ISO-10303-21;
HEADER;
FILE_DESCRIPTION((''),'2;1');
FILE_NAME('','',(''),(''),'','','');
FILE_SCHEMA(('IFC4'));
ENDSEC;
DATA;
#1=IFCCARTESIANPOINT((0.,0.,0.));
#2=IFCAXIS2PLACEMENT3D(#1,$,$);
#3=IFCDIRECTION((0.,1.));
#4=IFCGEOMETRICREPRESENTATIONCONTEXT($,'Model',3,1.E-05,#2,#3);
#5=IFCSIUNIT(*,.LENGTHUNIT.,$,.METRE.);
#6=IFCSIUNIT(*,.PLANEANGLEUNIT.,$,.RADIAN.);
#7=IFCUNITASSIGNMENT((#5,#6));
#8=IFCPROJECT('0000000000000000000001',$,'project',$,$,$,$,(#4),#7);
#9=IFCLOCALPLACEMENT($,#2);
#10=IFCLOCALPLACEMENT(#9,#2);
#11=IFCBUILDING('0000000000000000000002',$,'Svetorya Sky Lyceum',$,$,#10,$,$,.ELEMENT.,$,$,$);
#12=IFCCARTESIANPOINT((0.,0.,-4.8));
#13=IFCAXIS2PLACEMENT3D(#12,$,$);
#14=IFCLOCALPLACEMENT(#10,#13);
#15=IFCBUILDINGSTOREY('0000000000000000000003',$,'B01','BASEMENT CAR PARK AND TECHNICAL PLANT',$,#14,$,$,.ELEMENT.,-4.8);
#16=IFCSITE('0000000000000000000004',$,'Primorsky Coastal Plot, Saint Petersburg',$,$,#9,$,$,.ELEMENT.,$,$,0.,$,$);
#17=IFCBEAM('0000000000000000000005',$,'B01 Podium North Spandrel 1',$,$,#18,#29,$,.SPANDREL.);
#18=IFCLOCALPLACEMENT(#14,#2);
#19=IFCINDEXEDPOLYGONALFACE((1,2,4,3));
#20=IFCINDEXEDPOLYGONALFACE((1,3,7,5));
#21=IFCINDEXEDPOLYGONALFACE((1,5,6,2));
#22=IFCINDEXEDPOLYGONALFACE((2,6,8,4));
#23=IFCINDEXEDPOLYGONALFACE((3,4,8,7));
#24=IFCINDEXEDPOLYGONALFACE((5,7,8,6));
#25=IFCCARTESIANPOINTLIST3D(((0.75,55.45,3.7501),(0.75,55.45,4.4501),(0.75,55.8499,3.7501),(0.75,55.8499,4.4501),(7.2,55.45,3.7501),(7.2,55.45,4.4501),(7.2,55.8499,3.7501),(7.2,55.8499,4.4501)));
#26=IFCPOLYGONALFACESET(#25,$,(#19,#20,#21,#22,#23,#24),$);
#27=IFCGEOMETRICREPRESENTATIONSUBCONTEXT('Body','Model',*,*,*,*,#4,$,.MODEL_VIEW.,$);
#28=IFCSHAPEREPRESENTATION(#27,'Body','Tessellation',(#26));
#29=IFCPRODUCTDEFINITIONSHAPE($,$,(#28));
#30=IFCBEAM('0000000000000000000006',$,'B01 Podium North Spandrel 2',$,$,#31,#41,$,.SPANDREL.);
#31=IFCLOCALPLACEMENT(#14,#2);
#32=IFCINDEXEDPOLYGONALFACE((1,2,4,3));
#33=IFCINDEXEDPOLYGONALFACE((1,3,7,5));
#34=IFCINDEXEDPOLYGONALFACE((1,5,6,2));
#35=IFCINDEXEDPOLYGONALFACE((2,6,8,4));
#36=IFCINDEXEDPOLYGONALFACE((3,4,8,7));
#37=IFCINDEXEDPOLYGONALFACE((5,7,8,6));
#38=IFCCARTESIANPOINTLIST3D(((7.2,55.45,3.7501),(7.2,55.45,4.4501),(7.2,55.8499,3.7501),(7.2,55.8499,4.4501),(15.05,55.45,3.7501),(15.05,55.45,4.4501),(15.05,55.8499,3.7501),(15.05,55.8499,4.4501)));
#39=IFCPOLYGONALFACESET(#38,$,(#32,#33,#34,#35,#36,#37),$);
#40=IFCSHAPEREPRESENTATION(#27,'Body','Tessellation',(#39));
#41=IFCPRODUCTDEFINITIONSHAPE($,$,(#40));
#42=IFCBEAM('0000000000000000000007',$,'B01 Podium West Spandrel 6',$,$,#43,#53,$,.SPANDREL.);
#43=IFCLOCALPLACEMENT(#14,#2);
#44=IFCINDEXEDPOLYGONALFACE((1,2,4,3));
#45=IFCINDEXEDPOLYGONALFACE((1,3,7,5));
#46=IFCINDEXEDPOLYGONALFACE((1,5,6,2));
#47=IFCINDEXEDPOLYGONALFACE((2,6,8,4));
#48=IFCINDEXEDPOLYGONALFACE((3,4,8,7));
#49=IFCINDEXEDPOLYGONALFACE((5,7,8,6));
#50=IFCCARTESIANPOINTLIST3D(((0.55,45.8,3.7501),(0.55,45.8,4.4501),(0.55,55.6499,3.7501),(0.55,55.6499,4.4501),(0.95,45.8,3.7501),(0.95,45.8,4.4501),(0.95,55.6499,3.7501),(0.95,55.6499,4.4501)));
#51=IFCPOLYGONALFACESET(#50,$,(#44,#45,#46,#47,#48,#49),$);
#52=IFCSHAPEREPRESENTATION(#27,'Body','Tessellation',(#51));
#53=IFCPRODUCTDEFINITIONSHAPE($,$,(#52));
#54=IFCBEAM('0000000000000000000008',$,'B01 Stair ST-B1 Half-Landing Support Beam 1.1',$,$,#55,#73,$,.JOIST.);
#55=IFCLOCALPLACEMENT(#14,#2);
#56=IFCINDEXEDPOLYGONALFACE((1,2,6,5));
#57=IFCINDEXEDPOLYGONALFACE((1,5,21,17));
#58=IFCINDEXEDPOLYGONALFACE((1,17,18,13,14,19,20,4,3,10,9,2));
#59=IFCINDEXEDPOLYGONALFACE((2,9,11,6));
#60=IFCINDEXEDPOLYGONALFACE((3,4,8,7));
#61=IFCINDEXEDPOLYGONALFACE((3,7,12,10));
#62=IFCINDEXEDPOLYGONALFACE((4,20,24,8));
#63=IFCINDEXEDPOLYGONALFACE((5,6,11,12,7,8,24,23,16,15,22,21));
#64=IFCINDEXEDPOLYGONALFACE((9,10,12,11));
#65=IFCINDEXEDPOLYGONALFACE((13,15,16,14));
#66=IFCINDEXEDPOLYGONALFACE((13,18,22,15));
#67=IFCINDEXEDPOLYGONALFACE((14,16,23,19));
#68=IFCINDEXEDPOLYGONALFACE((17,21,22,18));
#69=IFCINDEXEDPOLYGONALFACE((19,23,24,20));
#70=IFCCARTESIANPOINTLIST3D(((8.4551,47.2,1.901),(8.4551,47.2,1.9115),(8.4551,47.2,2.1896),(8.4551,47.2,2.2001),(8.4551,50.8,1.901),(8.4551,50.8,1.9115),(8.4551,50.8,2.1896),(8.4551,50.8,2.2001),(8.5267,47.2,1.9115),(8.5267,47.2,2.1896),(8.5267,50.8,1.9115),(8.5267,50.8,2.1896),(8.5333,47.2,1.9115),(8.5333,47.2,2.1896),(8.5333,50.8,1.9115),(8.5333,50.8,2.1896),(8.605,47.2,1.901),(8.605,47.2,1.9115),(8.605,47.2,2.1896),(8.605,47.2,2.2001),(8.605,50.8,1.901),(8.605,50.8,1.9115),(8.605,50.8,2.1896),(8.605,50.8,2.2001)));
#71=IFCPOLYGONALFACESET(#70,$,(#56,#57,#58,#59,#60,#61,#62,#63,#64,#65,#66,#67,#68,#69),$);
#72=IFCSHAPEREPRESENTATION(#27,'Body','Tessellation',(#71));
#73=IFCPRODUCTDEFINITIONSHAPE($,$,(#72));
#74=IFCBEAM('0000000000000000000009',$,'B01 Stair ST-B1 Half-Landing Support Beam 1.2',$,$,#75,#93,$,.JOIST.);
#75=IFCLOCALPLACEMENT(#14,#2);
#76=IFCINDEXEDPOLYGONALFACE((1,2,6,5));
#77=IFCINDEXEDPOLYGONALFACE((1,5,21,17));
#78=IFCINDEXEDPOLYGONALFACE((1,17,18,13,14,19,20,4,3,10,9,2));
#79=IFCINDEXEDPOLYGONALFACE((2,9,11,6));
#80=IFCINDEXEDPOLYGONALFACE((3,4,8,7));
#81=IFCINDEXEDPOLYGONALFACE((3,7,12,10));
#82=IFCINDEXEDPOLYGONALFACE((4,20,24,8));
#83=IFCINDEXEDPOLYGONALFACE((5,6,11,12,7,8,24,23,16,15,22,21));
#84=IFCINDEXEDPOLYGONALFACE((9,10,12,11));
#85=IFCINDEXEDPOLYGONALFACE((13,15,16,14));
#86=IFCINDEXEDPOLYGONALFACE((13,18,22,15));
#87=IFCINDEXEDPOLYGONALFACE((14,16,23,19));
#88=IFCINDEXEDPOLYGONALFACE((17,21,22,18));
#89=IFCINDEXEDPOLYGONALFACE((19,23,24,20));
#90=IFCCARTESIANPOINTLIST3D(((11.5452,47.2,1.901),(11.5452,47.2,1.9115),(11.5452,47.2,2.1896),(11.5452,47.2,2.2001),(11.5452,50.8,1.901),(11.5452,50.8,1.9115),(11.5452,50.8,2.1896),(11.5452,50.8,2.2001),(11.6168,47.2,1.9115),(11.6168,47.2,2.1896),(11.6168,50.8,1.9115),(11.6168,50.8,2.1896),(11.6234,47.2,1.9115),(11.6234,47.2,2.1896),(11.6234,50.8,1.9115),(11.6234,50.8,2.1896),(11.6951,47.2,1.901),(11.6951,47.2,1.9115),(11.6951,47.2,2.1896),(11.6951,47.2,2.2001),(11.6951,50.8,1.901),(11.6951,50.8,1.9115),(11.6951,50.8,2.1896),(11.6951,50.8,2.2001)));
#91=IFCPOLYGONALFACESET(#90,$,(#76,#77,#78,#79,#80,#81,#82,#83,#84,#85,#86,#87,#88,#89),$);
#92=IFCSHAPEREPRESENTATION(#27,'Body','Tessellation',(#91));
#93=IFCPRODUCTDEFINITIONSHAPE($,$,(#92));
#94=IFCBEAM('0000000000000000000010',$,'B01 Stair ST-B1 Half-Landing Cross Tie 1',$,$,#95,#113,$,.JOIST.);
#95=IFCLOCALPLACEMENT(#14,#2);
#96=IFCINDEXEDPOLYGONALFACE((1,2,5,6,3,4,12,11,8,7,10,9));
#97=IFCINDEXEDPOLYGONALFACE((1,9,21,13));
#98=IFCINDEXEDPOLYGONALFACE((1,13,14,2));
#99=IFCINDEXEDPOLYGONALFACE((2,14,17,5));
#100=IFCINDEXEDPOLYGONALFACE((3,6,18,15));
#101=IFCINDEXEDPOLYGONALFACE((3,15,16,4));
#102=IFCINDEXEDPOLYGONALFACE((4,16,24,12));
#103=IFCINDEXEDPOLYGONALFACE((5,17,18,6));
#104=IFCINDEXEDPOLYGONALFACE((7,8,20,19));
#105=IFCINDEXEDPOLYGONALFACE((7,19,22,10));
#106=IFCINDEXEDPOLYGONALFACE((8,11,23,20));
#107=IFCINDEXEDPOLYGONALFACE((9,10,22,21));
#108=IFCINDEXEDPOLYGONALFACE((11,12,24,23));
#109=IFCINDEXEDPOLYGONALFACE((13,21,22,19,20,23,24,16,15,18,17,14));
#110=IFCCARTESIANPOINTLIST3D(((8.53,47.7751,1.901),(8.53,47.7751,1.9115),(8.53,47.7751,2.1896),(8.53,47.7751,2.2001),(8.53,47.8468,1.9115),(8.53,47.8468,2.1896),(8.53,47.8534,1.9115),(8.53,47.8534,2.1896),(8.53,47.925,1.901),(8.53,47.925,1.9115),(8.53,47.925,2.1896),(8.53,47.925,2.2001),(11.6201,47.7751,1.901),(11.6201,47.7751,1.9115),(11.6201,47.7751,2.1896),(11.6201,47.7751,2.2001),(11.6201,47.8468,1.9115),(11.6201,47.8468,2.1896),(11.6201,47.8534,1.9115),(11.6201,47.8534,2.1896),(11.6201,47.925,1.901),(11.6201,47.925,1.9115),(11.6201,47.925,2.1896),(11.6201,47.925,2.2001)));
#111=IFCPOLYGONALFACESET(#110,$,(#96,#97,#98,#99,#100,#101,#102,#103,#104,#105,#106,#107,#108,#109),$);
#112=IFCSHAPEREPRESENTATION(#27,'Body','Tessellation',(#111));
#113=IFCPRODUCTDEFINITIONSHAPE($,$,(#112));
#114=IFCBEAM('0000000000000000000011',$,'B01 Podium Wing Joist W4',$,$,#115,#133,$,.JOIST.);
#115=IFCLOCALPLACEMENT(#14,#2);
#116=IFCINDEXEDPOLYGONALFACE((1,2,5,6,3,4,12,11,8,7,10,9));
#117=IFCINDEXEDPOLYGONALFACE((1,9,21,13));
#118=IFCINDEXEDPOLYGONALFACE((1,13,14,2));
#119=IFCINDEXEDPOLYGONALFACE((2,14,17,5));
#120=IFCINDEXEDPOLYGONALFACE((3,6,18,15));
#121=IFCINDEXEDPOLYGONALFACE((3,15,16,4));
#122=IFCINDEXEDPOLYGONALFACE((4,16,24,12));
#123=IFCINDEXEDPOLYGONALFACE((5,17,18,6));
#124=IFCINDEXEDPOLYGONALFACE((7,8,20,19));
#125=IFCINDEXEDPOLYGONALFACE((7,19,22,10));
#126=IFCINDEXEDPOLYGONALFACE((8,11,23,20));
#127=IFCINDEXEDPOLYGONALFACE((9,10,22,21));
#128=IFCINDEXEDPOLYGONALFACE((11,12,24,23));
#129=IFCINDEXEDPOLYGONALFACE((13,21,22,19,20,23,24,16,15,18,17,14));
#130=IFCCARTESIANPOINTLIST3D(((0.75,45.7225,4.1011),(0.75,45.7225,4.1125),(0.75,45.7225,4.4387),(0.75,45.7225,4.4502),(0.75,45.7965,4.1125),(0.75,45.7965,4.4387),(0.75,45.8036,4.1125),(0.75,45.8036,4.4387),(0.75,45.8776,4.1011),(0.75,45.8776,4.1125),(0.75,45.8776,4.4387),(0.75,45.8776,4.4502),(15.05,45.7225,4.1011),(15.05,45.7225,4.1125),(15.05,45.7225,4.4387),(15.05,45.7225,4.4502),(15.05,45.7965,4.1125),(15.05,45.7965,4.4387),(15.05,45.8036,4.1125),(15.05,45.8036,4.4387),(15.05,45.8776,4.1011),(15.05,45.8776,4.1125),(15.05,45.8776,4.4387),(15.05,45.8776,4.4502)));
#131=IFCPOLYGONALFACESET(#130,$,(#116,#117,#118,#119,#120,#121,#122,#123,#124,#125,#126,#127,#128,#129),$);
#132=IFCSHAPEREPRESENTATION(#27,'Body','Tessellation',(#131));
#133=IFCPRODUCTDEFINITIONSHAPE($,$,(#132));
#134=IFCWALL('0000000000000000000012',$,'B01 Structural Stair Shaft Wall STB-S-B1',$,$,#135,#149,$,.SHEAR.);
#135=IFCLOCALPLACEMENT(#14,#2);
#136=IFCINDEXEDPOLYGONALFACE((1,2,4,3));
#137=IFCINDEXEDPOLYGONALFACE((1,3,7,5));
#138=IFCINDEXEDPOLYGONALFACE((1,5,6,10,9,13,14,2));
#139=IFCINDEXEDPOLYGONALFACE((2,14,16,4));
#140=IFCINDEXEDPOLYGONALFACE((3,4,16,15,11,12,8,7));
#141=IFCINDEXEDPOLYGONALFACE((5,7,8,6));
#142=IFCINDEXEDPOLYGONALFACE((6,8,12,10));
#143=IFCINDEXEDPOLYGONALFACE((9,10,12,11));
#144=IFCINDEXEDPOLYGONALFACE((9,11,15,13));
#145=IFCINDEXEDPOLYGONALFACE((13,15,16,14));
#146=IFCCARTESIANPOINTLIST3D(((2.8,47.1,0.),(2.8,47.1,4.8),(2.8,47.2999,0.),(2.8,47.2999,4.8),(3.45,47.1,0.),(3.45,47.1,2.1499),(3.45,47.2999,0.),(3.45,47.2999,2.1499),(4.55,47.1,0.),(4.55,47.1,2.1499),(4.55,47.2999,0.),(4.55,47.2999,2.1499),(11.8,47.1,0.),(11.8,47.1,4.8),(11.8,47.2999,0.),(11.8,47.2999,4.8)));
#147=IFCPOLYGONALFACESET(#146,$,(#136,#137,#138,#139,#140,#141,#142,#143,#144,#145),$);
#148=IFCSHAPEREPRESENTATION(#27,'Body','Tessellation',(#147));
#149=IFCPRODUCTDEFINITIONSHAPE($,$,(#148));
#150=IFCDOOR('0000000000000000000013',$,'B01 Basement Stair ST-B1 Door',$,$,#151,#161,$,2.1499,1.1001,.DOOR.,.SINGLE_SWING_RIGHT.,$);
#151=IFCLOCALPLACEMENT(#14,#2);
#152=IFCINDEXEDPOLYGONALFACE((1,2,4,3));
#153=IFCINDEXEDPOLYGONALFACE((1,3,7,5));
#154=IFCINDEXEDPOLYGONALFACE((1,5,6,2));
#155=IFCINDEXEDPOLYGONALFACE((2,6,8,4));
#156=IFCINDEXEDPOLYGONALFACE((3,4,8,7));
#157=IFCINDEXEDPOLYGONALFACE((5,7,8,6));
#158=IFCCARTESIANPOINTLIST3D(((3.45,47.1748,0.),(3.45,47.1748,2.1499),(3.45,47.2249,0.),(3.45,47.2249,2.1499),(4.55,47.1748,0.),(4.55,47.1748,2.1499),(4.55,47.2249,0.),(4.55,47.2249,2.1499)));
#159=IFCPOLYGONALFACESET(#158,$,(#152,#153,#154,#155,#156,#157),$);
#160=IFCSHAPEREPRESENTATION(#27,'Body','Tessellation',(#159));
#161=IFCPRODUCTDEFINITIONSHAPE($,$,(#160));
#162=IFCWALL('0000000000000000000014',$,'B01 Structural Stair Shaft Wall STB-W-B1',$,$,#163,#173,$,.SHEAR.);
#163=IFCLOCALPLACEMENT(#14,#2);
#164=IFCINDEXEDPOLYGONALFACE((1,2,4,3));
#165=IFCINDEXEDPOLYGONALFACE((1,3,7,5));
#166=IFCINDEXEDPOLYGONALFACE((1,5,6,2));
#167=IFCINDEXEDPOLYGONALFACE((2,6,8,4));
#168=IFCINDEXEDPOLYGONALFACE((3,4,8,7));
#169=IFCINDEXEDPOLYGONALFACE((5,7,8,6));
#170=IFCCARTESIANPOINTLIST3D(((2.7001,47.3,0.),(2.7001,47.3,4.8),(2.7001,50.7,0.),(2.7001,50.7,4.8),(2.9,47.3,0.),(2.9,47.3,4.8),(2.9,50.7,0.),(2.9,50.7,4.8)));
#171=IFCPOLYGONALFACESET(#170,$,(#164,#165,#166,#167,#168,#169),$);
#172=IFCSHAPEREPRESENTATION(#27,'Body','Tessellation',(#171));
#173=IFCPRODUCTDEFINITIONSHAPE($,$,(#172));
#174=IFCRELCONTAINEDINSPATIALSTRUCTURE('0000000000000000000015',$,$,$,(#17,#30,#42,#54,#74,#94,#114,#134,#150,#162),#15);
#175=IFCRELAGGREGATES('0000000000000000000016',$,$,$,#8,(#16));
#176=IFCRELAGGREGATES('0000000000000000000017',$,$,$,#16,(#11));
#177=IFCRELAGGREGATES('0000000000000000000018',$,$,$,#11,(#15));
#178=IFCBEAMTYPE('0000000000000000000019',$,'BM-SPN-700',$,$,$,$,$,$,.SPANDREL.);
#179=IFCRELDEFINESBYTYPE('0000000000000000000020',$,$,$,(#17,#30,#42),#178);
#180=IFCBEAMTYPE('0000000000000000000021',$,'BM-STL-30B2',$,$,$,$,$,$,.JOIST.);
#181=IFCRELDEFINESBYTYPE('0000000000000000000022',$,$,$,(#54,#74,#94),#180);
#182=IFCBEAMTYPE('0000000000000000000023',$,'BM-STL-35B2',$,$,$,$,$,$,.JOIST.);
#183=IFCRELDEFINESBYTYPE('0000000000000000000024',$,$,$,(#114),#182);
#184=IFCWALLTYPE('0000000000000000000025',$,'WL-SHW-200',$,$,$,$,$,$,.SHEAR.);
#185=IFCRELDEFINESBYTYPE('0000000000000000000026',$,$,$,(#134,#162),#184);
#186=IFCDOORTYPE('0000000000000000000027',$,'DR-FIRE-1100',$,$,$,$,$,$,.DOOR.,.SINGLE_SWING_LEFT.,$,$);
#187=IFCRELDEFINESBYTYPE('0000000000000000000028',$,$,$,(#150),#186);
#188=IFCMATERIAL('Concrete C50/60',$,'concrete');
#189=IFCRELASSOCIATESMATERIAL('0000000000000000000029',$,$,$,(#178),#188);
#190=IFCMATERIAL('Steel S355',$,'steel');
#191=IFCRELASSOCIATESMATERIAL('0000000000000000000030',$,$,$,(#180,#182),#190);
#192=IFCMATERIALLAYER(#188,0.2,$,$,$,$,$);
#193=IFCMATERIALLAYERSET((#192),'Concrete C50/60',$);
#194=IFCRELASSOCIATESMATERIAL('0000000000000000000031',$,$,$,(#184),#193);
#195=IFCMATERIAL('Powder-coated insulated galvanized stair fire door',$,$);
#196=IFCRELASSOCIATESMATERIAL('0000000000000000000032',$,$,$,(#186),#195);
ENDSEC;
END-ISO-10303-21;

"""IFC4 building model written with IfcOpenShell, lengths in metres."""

from ifc_helpers import new_model, si_unit, direction, frame, frame_2d, origin, origin_2d, place, context, subcontext, project, spatial, rectangle, i_section, extrude, material, layer, layer_set, material_profile, profile_set, type_object, element, fill, save


model = new_model("IFC4")

# Units and contexts
model_context = context("Model", 3, precision=1e-05, world=origin(), true_north=direction((0.0, 1.0)))
body_context = subcontext(model_context, "Body", "Model", "MODEL_VIEW")
ifc_project = project(units=[si_unit("LENGTHUNIT", "METRE"), si_unit("PLANEANGLEUNIT", "RADIAN")], contexts=[model_context])

# Site, building, storey
site_placement = place(None, origin())
site = spatial("IfcSite", under=ifc_project, at=site_placement, Name="Primorsky Coastal Plot, Saint Petersburg", CompositionType="ELEMENT", RefElevation=0.0)
building_placement = place(site_placement, origin())
building = spatial("IfcBuilding", under=site, at=building_placement, Name="Svetorya Sky Lyceum", CompositionType="ELEMENT")
storey_placement = place(building_placement, frame((0.0, 0.0, -4.8)))
storey = spatial("IfcBuildingStorey", under=building, at=storey_placement, Name="B01", Description="BASEMENT CAR PARK AND TECHNICAL PLANT", CompositionType="ELEMENT", Elevation=-4.8)

# Beams
ifc_material_1 = material(Name="Concrete C50/60", Category="concrete")
ifc_material_profile_1 = material_profile(ifc_material_1, rectangle(XDim=0.3999, YDim=0.7, at=origin_2d()), Name="RC SPANDREL 400x700")
ifc_profile_set_1 = profile_set([ifc_material_profile_1], Name="Concrete C50/60")
beam_type_1 = type_object("IfcBeamType", Name="BM-SPN-700", PredefinedType="SPANDREL", material=ifc_profile_set_1)
beam_1_placement = place(storey_placement, frame((0.75, 55.6499, 4.1001), z_axis=(1.0, 0.0, 0.0), x_axis=(0.0, 1.0, 0.0)))
element("IfcBeam", 1, at=beam_1_placement, inside=storey, type_object=beam_type_1, Name="B01 Podium North Spandrel 1", PredefinedType="SPANDREL", context=body_context, shape_type="SweptSolid", body=[
    extrude(rectangle(XDim=0.3999, YDim=0.7, at=origin_2d()), origin(), (0.0, 0.0, 1.0), 6.45),
])
beam_2_placement = place(storey_placement, frame((7.2, 55.6499, 4.1001), z_axis=(1.0, 0.0, 0.0), x_axis=(0.0, 1.0, 0.0)))
element("IfcBeam", 2, at=beam_2_placement, inside=storey, type_object=beam_type_1, Name="B01 Podium North Spandrel 2", PredefinedType="SPANDREL", context=body_context, shape_type="SweptSolid", body=[
    extrude(rectangle(XDim=0.3999, YDim=0.7, at=origin_2d()), origin(), (0.0, 0.0, 1.0), 7.8501),
])
beam_3_placement = place(storey_placement, frame((0.75, 45.8, 4.1001), z_axis=(0.0, 1.0, 0.0), x_axis=(-1.0, 0.0, 0.0)))
element("IfcBeam", 3, at=beam_3_placement, inside=storey, type_object=beam_type_1, Name="B01 Podium West Spandrel 6", PredefinedType="SPANDREL", context=body_context, shape_type="SweptSolid", body=[
    extrude(rectangle(XDim=0.3999, YDim=0.7, at=origin_2d()), origin(), (0.0, 0.0, 1.0), 9.8499),
])
ifc_material_2 = material(Name="Steel S355", Category="steel")
ifc_material_profile_2 = material_profile(ifc_material_2, i_section(OverallWidth=0.1499, OverallDepth=0.2991, WebThickness=0.0066, FlangeThickness=0.0105, at=origin_2d()), Name="GOST 30B2")
ifc_profile_set_2 = profile_set([ifc_material_profile_2], Name="Steel S355")
beam_type_2 = type_object("IfcBeamType", Name="BM-STL-30B2", PredefinedType="JOIST", material=ifc_profile_set_2)
for number, where, z_axis, x_axis, name in (
    (4, (8.53, 47.2, 2.0505), (0.0, 1.0, 0.0), (-1.0, 0.0, 0.0), "B01 Stair ST-B1 Half-Landing Support Beam 1.1"),
    (5, (11.6201, 47.2, 2.0505), (0.0, 1.0, 0.0), (-1.0, 0.0, 0.0), "B01 Stair ST-B1 Half-Landing Support Beam 1.2"),
):
    element("IfcBeam", number, at=place(storey_placement, frame(where, z_axis=z_axis, x_axis=x_axis)), inside=storey, type_object=beam_type_2, Name=name, PredefinedType="JOIST", context=body_context, shape_type="SweptSolid", body=[
        extrude(i_section(OverallWidth=0.1499, OverallDepth=0.2991, WebThickness=0.0066, FlangeThickness=0.0105, at=origin_2d()), origin(), (0.0, 0.0, 1.0), 3.6001),
    ])
beam_4_placement = place(storey_placement, frame((8.53, 47.8501, 2.0505), z_axis=(1.0, 0.0, 0.0), x_axis=(0.0, 1.0, 0.0)))
element("IfcBeam", 6, at=beam_4_placement, inside=storey, type_object=beam_type_2, Name="B01 Stair ST-B1 Half-Landing Cross Tie 1", PredefinedType="JOIST", context=body_context, shape_type="SweptSolid", body=[
    extrude(i_section(OverallWidth=0.1499, OverallDepth=0.2991, WebThickness=0.0066, FlangeThickness=0.0105, at=origin_2d()), origin(), (0.0, 0.0, 1.0), 3.0901),
])
ifc_material_profile_3 = material_profile(ifc_material_2, i_section(OverallWidth=0.155, OverallDepth=0.3491, WebThickness=0.0071, FlangeThickness=0.0115, at=origin_2d()), Name="GOST 35B2")
ifc_profile_set_3 = profile_set([ifc_material_profile_3], Name="Steel S355")
beam_type_3 = type_object("IfcBeamType", Name="BM-STL-35B2", PredefinedType="JOIST", material=ifc_profile_set_3)
beam_5_placement = place(storey_placement, frame((0.75, 45.8, 4.2756), z_axis=(1.0, 0.0, 0.0), x_axis=(0.0, 1.0, 0.0)))
element("IfcBeam", 7, at=beam_5_placement, inside=storey, type_object=beam_type_3, Name="B01 Podium Wing Joist W4", PredefinedType="JOIST", context=body_context, shape_type="SweptSolid", body=[
    extrude(i_section(OverallWidth=0.155, OverallDepth=0.3491, WebThickness=0.0071, FlangeThickness=0.0115, at=origin_2d()), origin(), (0.0, 0.0, 1.0), 14.3),
])

# Wall, opening, door
ifc_layer = layer(ifc_material_1, 0.2)
ifc_layer_set = layer_set([ifc_layer], Name="Concrete C50/60")
wall_type = type_object("IfcWallType", Name="WL-SHW-200", PredefinedType="SHEAR", material=ifc_layer_set)
wall_1_placement = place(storey_placement, frame((2.8, 47.2, 0.0), z_axis=(0.0, 0.0, 1.0), x_axis=(1.0, 0.0, 0.0)))
wall_1 = element("IfcWall", 8, at=wall_1_placement, inside=storey, type_object=wall_type, Name="B01 Structural Stair Shaft Wall STB-S-B1", PredefinedType="SHEAR", context=body_context, shape_type="SweptSolid", body=[
    extrude(rectangle(XDim=9.0, YDim=0.2, at=frame_2d((4.5, 0.0))), origin(), (0.0, 0.0, 1.0), 4.8),
])
opening_placement = place(wall_1_placement, frame((0.6499, 0.0, 0.0)))
opening = element("IfcOpeningElement", 9, at=opening_placement, cuts=wall_1, PredefinedType="OPENING", context=body_context, shape_type="SweptSolid", body=[
    extrude(rectangle(XDim=1.1001, YDim=2.1499, at=frame_2d((0.55, 1.075))), frame((0.0, 0.1099, 0.0), z_axis=(0.0, -1.0, 0.0), x_axis=(1.0, 0.0, 0.0)), (0.0, 0.0, 1.0), 0.22),
])
ifc_material_3 = material(Name="Powder-coated insulated galvanized stair fire door")
door_type = type_object("IfcDoorType", Name="DR-FIRE-1100", OperationType="SINGLE_SWING_LEFT", PredefinedType="DOOR", material=ifc_material_3)
door_placement = place(opening_placement, origin())
door = element("IfcDoor", 10, at=door_placement, inside=storey, type_object=door_type, Name="B01 Basement Stair ST-B1 Door", OperationType="SINGLE_SWING_RIGHT", OverallHeight=2.1499, OverallWidth=1.1001, PredefinedType="DOOR", context=body_context, shape_type="SweptSolid", body=[
    extrude(rectangle(XDim=1.1001, YDim=2.1499, at=frame_2d((0.55, 1.075))), frame((0.0, 0.0249, 0.0), z_axis=(0.0, -1.0, 0.0), x_axis=(1.0, 0.0, 0.0)), (0.0, 0.0, 1.0), 0.05),
])
fill(opening, door)

# Wall
wall_2_placement = place(storey_placement, frame((2.8, 47.3, 0.0), z_axis=(0.0, 0.0, 1.0), x_axis=(0.0, 1.0, 0.0)))
element("IfcWall", 11, at=wall_2_placement, inside=storey, type_object=wall_type, Name="B01 Structural Stair Shaft Wall STB-W-B1", PredefinedType="SHEAR", context=body_context, shape_type="SweptSolid", body=[
    extrude(rectangle(XDim=3.3999, YDim=0.2, at=frame_2d((1.7, 0.0))), origin(), (0.0, 0.0, 1.0), 4.8),
])

save(model, "model.ifc")
